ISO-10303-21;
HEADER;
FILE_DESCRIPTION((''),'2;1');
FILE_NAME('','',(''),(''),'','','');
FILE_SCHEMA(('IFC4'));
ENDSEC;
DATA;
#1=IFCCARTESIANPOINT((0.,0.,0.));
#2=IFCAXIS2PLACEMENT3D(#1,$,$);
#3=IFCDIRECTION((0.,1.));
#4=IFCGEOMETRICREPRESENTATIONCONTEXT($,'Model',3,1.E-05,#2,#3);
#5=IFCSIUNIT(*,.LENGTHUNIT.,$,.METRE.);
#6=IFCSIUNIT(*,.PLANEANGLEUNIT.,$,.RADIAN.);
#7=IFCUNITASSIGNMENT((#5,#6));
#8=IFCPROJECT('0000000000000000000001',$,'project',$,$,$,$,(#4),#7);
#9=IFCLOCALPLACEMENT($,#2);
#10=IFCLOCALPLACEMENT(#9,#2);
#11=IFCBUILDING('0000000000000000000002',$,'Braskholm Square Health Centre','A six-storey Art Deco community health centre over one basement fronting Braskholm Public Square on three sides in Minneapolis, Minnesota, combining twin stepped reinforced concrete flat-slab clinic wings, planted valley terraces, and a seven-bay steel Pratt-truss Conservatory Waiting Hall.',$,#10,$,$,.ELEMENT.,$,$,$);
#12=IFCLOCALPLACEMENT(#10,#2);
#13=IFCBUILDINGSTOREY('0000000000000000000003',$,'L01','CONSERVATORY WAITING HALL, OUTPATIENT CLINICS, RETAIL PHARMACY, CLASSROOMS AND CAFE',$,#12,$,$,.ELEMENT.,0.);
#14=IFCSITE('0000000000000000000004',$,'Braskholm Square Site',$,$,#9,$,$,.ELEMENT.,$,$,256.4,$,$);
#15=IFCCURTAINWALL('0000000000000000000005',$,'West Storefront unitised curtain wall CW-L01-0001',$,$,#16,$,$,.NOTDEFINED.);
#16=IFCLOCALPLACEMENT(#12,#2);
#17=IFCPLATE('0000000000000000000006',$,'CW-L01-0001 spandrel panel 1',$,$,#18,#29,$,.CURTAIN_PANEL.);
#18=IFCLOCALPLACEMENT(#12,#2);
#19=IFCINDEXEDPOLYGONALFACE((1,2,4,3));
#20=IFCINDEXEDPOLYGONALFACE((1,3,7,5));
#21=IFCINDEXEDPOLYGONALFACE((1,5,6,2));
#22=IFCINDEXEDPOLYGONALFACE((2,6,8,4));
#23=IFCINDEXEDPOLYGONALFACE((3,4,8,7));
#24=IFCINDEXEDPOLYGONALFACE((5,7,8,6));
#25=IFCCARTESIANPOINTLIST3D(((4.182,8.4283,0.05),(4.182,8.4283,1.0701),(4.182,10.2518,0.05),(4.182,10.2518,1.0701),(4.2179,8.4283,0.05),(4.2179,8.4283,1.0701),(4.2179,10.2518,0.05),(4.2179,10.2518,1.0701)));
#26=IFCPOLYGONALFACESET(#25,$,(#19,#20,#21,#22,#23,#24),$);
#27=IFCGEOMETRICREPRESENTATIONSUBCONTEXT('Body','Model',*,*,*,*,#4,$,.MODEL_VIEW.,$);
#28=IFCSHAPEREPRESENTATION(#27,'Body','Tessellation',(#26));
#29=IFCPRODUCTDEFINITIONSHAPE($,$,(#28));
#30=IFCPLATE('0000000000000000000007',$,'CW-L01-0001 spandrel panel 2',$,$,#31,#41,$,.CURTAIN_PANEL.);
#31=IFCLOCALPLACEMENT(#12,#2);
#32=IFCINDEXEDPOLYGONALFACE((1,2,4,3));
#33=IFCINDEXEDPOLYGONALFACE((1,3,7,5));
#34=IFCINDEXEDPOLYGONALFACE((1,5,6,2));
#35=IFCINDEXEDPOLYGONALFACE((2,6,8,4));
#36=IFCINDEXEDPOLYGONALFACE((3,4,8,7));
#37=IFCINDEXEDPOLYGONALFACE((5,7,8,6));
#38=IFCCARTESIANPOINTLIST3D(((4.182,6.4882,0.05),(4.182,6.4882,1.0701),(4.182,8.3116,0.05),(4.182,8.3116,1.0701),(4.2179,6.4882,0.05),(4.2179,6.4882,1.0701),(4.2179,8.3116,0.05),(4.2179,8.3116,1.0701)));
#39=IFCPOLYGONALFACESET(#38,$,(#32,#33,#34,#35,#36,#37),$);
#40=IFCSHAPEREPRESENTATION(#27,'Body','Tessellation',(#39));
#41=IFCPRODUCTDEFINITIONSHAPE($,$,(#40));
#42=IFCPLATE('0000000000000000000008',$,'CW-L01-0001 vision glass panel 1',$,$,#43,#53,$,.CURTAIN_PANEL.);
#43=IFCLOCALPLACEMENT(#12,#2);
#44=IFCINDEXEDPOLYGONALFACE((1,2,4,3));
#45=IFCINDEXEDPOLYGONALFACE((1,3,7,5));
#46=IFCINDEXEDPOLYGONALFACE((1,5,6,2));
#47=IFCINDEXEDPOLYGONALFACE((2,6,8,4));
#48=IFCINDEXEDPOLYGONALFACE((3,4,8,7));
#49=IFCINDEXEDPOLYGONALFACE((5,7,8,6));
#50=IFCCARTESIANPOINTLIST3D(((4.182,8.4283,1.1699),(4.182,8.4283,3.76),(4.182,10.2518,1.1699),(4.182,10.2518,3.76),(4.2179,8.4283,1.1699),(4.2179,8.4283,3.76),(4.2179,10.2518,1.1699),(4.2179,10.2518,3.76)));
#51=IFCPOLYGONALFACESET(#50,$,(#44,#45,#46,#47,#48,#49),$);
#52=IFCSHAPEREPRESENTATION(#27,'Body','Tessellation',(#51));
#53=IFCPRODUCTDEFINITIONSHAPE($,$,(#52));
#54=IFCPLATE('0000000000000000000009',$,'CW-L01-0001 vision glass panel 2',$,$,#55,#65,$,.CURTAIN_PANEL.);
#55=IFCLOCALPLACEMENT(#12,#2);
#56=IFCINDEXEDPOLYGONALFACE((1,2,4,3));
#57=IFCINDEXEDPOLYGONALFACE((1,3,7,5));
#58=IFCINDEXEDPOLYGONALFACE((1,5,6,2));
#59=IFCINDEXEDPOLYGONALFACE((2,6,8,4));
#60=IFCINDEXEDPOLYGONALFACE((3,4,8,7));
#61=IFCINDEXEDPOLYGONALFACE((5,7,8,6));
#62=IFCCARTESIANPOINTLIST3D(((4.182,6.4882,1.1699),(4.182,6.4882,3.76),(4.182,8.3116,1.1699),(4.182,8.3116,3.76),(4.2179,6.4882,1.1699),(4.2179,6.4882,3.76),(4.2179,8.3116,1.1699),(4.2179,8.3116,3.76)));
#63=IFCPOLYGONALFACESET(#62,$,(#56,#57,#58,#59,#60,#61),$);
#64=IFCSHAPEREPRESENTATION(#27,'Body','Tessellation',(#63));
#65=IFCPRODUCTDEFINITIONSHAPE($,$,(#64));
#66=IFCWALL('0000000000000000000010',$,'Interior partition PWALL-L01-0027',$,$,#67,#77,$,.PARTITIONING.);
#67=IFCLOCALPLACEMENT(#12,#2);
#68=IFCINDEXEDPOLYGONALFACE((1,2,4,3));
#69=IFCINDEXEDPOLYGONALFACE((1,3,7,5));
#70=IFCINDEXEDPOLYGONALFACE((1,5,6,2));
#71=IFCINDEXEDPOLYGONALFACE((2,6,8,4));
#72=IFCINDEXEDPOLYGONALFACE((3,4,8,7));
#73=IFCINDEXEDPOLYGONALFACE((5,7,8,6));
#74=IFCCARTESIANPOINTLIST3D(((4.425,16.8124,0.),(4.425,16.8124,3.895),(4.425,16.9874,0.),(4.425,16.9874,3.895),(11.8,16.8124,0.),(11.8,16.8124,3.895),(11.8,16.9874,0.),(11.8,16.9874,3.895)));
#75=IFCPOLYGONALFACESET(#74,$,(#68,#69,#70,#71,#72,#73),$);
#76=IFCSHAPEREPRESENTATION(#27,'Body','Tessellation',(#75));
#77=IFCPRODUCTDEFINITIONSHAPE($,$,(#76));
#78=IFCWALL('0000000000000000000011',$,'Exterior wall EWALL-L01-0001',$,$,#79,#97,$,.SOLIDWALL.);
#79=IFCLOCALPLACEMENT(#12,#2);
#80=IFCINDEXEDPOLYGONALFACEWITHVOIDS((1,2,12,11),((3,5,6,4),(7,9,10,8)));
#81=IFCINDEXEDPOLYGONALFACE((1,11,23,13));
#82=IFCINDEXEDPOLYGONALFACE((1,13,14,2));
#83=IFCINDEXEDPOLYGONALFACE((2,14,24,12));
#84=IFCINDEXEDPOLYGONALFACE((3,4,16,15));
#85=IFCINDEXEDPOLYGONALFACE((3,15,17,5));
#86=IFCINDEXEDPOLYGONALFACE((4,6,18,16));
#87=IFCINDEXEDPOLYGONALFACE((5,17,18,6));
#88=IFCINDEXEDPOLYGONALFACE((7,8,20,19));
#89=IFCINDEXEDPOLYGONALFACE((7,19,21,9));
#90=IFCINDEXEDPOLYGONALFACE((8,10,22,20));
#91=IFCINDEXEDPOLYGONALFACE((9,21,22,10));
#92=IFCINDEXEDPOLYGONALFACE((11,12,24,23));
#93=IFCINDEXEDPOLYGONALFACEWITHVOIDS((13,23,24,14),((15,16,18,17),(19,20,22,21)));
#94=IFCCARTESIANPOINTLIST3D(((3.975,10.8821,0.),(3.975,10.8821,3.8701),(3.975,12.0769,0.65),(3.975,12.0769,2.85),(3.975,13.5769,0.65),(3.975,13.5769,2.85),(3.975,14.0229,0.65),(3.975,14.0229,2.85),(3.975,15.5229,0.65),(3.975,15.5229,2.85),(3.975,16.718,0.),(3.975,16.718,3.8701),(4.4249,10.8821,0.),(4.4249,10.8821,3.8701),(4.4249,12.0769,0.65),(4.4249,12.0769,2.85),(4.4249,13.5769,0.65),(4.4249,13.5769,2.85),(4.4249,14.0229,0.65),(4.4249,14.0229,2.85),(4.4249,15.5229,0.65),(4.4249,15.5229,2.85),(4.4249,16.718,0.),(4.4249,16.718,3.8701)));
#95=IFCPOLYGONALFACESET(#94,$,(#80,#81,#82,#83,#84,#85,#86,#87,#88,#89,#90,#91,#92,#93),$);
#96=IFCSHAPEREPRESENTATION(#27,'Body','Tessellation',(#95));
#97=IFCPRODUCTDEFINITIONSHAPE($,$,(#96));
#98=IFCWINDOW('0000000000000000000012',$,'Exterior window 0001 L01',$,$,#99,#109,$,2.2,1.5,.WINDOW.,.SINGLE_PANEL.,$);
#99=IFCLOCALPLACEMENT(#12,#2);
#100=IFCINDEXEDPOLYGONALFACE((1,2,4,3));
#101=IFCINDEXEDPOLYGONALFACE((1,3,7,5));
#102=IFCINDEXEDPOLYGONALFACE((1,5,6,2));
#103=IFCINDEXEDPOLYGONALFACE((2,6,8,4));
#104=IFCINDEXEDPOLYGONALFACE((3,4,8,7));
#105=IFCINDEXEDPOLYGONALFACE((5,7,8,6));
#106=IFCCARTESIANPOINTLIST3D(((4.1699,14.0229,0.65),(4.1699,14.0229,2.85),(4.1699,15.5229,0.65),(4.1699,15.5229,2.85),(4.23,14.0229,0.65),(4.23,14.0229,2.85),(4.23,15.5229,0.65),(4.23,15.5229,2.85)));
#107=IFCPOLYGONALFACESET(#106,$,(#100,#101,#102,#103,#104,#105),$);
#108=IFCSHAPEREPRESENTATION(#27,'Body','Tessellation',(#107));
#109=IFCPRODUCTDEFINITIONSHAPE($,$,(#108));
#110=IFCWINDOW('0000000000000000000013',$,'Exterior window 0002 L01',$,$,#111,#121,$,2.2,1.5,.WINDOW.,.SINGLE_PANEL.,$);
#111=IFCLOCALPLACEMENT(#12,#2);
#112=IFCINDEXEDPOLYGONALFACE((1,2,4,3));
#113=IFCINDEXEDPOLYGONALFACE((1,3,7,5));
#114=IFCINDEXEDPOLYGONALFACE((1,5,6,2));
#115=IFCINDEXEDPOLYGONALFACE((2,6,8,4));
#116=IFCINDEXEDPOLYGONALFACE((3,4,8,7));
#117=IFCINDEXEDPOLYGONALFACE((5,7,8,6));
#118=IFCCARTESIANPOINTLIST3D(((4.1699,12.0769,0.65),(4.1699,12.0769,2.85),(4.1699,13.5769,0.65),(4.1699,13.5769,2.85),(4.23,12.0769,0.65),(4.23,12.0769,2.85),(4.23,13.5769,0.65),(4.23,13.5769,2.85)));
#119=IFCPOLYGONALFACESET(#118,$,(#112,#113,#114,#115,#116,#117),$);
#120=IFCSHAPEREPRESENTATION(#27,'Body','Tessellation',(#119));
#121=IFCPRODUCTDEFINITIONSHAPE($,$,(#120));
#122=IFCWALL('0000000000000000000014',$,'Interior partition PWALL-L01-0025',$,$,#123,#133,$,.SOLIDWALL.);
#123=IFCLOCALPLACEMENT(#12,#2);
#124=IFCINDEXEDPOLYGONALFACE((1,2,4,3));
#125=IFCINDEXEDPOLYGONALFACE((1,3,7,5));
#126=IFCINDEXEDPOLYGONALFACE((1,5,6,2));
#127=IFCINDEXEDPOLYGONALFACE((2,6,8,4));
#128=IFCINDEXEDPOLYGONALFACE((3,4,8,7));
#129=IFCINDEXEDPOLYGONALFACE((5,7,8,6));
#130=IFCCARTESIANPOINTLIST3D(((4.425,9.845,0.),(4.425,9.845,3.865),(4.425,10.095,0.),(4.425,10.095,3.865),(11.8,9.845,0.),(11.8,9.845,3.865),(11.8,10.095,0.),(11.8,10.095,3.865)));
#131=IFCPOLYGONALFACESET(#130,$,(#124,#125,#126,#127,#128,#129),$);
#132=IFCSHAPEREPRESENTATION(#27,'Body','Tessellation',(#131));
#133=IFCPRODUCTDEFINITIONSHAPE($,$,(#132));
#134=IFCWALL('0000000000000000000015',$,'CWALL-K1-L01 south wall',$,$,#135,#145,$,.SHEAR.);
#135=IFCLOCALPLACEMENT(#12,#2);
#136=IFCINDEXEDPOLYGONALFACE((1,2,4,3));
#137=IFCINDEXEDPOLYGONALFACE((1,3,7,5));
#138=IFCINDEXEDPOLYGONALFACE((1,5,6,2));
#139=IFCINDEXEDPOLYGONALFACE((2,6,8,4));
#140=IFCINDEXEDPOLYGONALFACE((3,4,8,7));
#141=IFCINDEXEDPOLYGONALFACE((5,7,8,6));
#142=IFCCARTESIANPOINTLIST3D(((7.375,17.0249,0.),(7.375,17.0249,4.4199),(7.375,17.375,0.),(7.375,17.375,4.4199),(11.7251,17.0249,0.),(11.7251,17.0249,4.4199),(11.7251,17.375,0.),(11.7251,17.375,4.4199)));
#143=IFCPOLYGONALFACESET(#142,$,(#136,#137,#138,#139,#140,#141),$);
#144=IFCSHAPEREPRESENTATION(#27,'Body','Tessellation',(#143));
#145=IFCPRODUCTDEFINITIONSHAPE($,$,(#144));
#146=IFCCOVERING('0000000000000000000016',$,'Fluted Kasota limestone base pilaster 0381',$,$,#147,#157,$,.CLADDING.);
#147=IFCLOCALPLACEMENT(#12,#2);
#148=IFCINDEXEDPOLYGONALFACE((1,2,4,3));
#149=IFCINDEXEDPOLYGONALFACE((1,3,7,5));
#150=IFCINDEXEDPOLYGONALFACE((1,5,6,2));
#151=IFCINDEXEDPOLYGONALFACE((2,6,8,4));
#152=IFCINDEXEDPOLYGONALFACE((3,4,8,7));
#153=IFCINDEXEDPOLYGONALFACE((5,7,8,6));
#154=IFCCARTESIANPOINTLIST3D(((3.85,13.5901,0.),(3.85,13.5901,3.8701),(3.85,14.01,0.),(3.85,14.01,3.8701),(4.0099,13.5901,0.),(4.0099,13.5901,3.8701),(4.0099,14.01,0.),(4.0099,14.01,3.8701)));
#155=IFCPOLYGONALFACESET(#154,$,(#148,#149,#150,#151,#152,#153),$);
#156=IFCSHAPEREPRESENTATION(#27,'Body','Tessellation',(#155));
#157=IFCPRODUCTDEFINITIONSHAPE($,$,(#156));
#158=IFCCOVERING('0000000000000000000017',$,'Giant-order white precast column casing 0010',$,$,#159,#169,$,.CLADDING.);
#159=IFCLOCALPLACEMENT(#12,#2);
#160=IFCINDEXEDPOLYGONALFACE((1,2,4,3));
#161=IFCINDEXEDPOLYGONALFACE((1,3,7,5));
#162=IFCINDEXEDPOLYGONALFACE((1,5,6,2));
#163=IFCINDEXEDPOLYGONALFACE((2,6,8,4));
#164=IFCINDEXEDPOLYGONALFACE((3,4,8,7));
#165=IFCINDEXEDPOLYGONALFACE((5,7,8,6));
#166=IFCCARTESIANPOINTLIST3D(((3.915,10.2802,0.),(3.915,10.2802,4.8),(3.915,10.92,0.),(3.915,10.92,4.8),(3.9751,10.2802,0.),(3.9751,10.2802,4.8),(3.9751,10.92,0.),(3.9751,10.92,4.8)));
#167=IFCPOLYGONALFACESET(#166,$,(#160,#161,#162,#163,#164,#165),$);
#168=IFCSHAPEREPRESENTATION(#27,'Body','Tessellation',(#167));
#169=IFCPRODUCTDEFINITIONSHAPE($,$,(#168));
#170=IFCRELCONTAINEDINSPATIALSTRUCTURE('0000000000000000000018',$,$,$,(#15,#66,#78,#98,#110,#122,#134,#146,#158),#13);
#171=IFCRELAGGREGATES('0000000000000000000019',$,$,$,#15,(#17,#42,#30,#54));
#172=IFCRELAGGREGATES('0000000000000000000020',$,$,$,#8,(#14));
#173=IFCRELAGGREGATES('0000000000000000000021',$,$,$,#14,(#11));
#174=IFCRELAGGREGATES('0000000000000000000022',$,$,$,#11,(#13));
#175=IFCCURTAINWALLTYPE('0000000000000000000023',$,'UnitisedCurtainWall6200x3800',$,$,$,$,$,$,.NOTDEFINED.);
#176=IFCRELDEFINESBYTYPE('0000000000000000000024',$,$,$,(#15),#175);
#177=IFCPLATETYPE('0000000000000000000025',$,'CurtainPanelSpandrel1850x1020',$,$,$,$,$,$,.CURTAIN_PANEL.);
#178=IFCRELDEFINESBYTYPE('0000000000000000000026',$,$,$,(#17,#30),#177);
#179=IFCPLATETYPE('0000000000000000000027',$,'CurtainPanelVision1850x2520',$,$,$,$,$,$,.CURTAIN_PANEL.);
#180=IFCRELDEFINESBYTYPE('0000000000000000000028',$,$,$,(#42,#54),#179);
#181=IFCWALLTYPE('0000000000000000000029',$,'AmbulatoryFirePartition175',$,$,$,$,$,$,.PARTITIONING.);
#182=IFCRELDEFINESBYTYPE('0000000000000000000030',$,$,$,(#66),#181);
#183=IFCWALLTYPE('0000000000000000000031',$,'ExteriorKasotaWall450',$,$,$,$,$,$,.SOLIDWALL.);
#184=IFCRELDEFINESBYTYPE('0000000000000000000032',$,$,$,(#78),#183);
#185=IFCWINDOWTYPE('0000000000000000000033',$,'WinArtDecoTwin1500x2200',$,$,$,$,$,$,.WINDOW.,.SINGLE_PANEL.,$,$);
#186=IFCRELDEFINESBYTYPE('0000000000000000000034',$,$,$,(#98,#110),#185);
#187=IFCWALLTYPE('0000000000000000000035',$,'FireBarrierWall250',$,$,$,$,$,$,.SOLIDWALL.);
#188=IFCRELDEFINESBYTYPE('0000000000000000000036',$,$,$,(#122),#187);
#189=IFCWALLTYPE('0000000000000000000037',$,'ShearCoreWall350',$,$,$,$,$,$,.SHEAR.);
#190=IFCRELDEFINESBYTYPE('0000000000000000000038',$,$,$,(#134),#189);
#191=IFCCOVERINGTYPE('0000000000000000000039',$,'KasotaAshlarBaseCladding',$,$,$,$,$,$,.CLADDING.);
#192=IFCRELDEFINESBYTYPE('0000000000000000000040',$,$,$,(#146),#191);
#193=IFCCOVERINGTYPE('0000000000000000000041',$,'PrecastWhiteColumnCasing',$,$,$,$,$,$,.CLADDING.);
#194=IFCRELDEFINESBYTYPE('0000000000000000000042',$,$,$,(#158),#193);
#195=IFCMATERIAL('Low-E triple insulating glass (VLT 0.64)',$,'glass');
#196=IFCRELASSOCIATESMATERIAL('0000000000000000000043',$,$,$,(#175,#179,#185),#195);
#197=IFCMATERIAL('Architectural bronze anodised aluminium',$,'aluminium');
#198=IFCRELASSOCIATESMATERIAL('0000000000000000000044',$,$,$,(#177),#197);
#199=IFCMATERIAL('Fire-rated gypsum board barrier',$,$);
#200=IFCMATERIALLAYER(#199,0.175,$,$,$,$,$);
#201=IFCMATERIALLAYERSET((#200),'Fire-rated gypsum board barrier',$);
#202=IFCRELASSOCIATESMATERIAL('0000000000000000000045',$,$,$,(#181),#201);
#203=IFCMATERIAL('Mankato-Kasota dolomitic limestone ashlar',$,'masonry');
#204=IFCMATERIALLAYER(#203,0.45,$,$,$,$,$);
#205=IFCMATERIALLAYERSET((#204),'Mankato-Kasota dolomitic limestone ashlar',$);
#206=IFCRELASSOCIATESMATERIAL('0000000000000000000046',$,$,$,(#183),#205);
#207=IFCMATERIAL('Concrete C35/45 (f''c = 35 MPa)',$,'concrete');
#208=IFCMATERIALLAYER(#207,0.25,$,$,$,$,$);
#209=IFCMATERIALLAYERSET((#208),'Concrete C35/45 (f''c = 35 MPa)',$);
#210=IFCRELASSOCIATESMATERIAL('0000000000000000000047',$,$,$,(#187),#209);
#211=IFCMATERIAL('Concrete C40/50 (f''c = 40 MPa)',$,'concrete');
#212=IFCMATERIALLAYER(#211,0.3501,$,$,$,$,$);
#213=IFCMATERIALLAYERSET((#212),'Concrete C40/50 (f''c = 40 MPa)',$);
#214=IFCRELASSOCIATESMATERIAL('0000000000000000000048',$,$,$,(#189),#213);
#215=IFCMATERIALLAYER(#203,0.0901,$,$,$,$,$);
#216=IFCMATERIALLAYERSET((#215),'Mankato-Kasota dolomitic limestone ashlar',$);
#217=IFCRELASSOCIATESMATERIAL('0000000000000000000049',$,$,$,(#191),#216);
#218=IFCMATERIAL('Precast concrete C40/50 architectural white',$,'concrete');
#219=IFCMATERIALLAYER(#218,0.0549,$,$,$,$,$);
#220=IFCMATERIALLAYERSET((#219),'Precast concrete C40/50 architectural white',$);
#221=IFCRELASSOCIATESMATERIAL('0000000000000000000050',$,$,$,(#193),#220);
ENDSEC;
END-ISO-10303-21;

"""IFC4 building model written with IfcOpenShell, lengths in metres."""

from ifc_helpers import new_model, si_unit, direction, frame, frame_2d, origin, origin_with_axes, origin_2d, place, context, subcontext, project, spatial, rectangle, extrude, material, layer, layer_set, type_object, element, fill, aggregate, save


model = new_model("IFC4")

# Units and contexts
model_context = context("Model", 3, precision=1e-05, world=origin(), true_north=direction((0.0, 1.0)))
body_context = subcontext(model_context, "Body", "Model", "MODEL_VIEW")
ifc_project = project(units=[si_unit("LENGTHUNIT", "METRE"), si_unit("PLANEANGLEUNIT", "RADIAN")], contexts=[model_context])

# Site, building, storey
site_placement = place(None, origin())
site = spatial("IfcSite", under=ifc_project, at=site_placement, Name="Braskholm Square Site", CompositionType="ELEMENT", RefElevation=256.4)
building_placement = place(site_placement, origin())
building = spatial("IfcBuilding", under=site, at=building_placement, Name="Braskholm Square Health Centre", Description="A six-storey Art Deco community health centre over one basement fronting Braskholm Public Square on three sides in Minneapolis, Minnesota, combining twin stepped reinforced concrete flat-slab clinic wings, planted valley terraces, and a seven-bay steel Pratt-truss Conservatory Waiting Hall.", CompositionType="ELEMENT")
storey_placement = place(building_placement, origin())
storey = spatial("IfcBuildingStorey", under=building, at=storey_placement, Name="L01", Description="CONSERVATORY WAITING HALL, OUTPATIENT CLINICS, RETAIL PHARMACY, CLASSROOMS AND CAFE", CompositionType="ELEMENT", Elevation=0.0)

# Shared definitions
ifc_material_1 = material(Name="Concrete C40/50 (f'c = 40 MPa)", Category="concrete")
ifc_material_2 = material(Name="Precast concrete C40/50 architectural white", Category="concrete")

# Curtain wall
ifc_material_3 = material(Name="Low-E triple insulating glass (VLT 0.64)", Category="glass")
curtain_wall_type = type_object("IfcCurtainWallType", Name="UnitisedCurtainWall6200x3800", PredefinedType="NOTDEFINED", material=ifc_material_3)
curtain_wall_placement = place(storey_placement, origin())
curtain_wall = element("IfcCurtainWall", 1, at=curtain_wall_placement, inside=storey, type_object=curtain_wall_type, Name="West Storefront unitised curtain wall CW-L01-0001", PredefinedType="NOTDEFINED")
ifc_material_4 = material(Name="Architectural bronze anodised aluminium", Category="aluminium")

# Plates
plate_type_1 = type_object("IfcPlateType", Name="CurtainPanelSpandrel1850x1020", PredefinedType="CURTAIN_PANEL", material=ifc_material_4)
plate_1_placement = place(storey_placement, frame((4.2, 9.3401, 0.05), z_axis=(0.0, 0.0, 1.0), x_axis=(0.0, -1.0, 0.0)))
plate_1 = element("IfcPlate", 2, at=plate_1_placement, type_object=plate_type_1, Name="CW-L01-0001 spandrel panel 1", PredefinedType="CURTAIN_PANEL", context=body_context, shape_type="SweptSolid", body=[
    extrude(rectangle(XDim=1.8235, YDim=0.0359, at=origin_2d()), origin(), (0.0, 0.0, 1.0), 1.02),
])
plate_2_placement = place(storey_placement, frame((4.2, 7.3999, 0.05), z_axis=(0.0, 0.0, 1.0), x_axis=(0.0, -1.0, 0.0)))
plate_2 = element("IfcPlate", 3, at=plate_2_placement, type_object=plate_type_1, Name="CW-L01-0001 spandrel panel 2", PredefinedType="CURTAIN_PANEL", context=body_context, shape_type="SweptSolid", body=[
    extrude(rectangle(XDim=1.8235, YDim=0.0359, at=origin_2d()), origin(), (0.0, 0.0, 1.0), 1.02),
])
plate_type_2 = type_object("IfcPlateType", Name="CurtainPanelVision1850x2520", PredefinedType="CURTAIN_PANEL", material=ifc_material_3)
plate_3_placement = place(storey_placement, frame((4.2, 9.3401, 1.1699), z_axis=(0.0, 0.0, 1.0), x_axis=(0.0, -1.0, 0.0)))
plate_3 = element("IfcPlate", 4, at=plate_3_placement, type_object=plate_type_2, Name="CW-L01-0001 vision glass panel 1", PredefinedType="CURTAIN_PANEL", context=body_context, shape_type="SweptSolid", body=[
    extrude(rectangle(XDim=1.8235, YDim=0.0359, at=origin_2d()), origin(), (0.0, 0.0, 1.0), 2.5901),
])
plate_4_placement = place(storey_placement, frame((4.2, 7.3999, 1.1699), z_axis=(0.0, 0.0, 1.0), x_axis=(0.0, -1.0, 0.0)))
plate_4 = element("IfcPlate", 5, at=plate_4_placement, type_object=plate_type_2, Name="CW-L01-0001 vision glass panel 2", PredefinedType="CURTAIN_PANEL", context=body_context, shape_type="SweptSolid", body=[
    extrude(rectangle(XDim=1.8235, YDim=0.0359, at=origin_2d()), origin(), (0.0, 0.0, 1.0), 2.5901),
])
aggregate(curtain_wall, [plate_1, plate_3, plate_2, plate_4])

# Wall
ifc_material_5 = material(Name="Fire-rated gypsum board barrier")
ifc_layer_1 = layer(ifc_material_5, 0.175)
ifc_layer_set_1 = layer_set([ifc_layer_1], Name="Fire-rated gypsum board barrier")
wall_type_1 = type_object("IfcWallType", Name="AmbulatoryFirePartition175", PredefinedType="PARTITIONING", material=ifc_layer_set_1)
wall_1_placement = place(storey_placement, frame((4.425, 16.8999, 0.0), z_axis=(0.0, 0.0, 1.0), x_axis=(1.0, 0.0, 0.0)))
element("IfcWall", 6, at=wall_1_placement, inside=storey, type_object=wall_type_1, Name="Interior partition PWALL-L01-0027", PredefinedType="PARTITIONING", context=body_context, shape_type="SweptSolid", body=[
    extrude(rectangle(XDim=7.375, YDim=0.175, at=frame_2d((3.6875, 0.0))), origin(), (0.0, 0.0, 1.0), 3.895),
])

# Wall, openings, windows
ifc_material_6 = material(Name="Mankato-Kasota dolomitic limestone ashlar", Category="masonry")
ifc_layer_2 = layer(ifc_material_6, 0.45)
ifc_layer_set_2 = layer_set([ifc_layer_2], Name="Mankato-Kasota dolomitic limestone ashlar")
wall_type_2 = type_object("IfcWallType", Name="ExteriorKasotaWall450", PredefinedType="SOLIDWALL", material=ifc_layer_set_2)
wall_2_placement = place(storey_placement, frame((4.2, 16.718, 0.0), z_axis=(0.0, 0.0, 1.0), x_axis=(0.0, -1.0, 0.0)))
wall_2 = element("IfcWall", 7, at=wall_2_placement, inside=storey, type_object=wall_type_2, Name="Exterior wall EWALL-L01-0001", PredefinedType="SOLIDWALL", context=body_context, shape_type="SweptSolid", body=[
    extrude(rectangle(XDim=5.8359, YDim=0.45, at=frame_2d((2.918, 0.0))), origin(), (0.0, 0.0, 1.0), 3.8701),
])
opening_1_placement = place(wall_2_placement, frame((1.1951, 0.0, 0.6499)))
opening_1 = element("IfcOpeningElement", 8, at=opening_1_placement, cuts=wall_2, PredefinedType="OPENING", context=body_context, shape_type="SweptSolid", body=[
    extrude(rectangle(XDim=1.5, YDim=2.2, at=frame_2d((0.75, 1.1001))), frame((0.0, 0.2349, 0.0), z_axis=(0.0, -1.0, 0.0), x_axis=(1.0, 0.0, 0.0)), (0.0, 0.0, 1.0), 0.47),
])
opening_2_placement = place(wall_2_placement, frame((3.1411, 0.0, 0.6499)))
opening_2 = element("IfcOpeningElement", 9, at=opening_2_placement, cuts=wall_2, PredefinedType="OPENING", context=body_context, shape_type="SweptSolid", body=[
    extrude(rectangle(XDim=1.5, YDim=2.2, at=frame_2d((0.75, 1.1001))), frame((0.0, 0.2349, 0.0), z_axis=(0.0, -1.0, 0.0), x_axis=(1.0, 0.0, 0.0)), (0.0, 0.0, 1.0), 0.47),
])
window_type = type_object("IfcWindowType", Name="WinArtDecoTwin1500x2200", PartitioningType="SINGLE_PANEL", PredefinedType="WINDOW", material=ifc_material_3)
window_1_placement = place(opening_1_placement, origin_with_axes())
window_1 = element("IfcWindow", 10, at=window_1_placement, inside=storey, type_object=window_type, Name="Exterior window 0001 L01", OverallHeight=2.2, OverallWidth=1.5, PartitioningType="SINGLE_PANEL", PredefinedType="WINDOW", context=body_context, shape_type="SweptSolid", body=[
    extrude(rectangle(XDim=1.5, YDim=2.2, at=frame_2d((0.75, 1.1001))), frame((0.0, 0.03, 0.0), z_axis=(0.0, -1.0, 0.0), x_axis=(1.0, 0.0, 0.0)), (0.0, 0.0, 1.0), 0.0601),
])
fill(opening_1, window_1)
window_2_placement = place(opening_2_placement, origin_with_axes())
window_2 = element("IfcWindow", 11, at=window_2_placement, inside=storey, type_object=window_type, Name="Exterior window 0002 L01", OverallHeight=2.2, OverallWidth=1.5, PartitioningType="SINGLE_PANEL", PredefinedType="WINDOW", context=body_context, shape_type="SweptSolid", body=[
    extrude(rectangle(XDim=1.5, YDim=2.2, at=frame_2d((0.75, 1.1001))), frame((0.0, 0.03, 0.0), z_axis=(0.0, -1.0, 0.0), x_axis=(1.0, 0.0, 0.0)), (0.0, 0.0, 1.0), 0.0601),
])
fill(opening_2, window_2)

# Walls
ifc_material_7 = material(Name="Concrete C35/45 (f'c = 35 MPa)", Category="concrete")
ifc_layer_3 = layer(ifc_material_7, 0.25)
ifc_layer_set_3 = layer_set([ifc_layer_3], Name="Concrete C35/45 (f'c = 35 MPa)")
wall_type_3 = type_object("IfcWallType", Name="FireBarrierWall250", PredefinedType="SOLIDWALL", material=ifc_layer_set_3)
wall_3_placement = place(storey_placement, frame((4.425, 9.97, 0.0), z_axis=(0.0, 0.0, 1.0), x_axis=(1.0, 0.0, 0.0)))
element("IfcWall", 12, at=wall_3_placement, inside=storey, type_object=wall_type_3, Name="Interior partition PWALL-L01-0025", PredefinedType="SOLIDWALL", context=body_context, shape_type="SweptSolid", body=[
    extrude(rectangle(XDim=7.375, YDim=0.25, at=frame_2d((3.6875, 0.0))), origin(), (0.0, 0.0, 1.0), 3.865),
])
ifc_layer_4 = layer(ifc_material_1, 0.3501)
ifc_layer_set_4 = layer_set([ifc_layer_4], Name="Concrete C40/50 (f'c = 40 MPa)")
wall_type_4 = type_object("IfcWallType", Name="ShearCoreWall350", PredefinedType="SHEAR", material=ifc_layer_set_4)
wall_4_placement = place(storey_placement, frame((7.375, 17.2, 0.0), z_axis=(0.0, 0.0, 1.0), x_axis=(1.0, 0.0, 0.0)))
element("IfcWall", 13, at=wall_4_placement, inside=storey, type_object=wall_type_4, Name="CWALL-K1-L01 south wall", PredefinedType="SHEAR", context=body_context, shape_type="SweptSolid", body=[
    extrude(rectangle(XDim=4.3501, YDim=0.3501, at=frame_2d((2.175, 0.0))), origin(), (0.0, 0.0, 1.0), 4.4199),
])

# Coverings
ifc_layer_5 = layer(ifc_material_6, 0.0901)
ifc_layer_set_5 = layer_set([ifc_layer_5], Name="Mankato-Kasota dolomitic limestone ashlar")
covering_type_1 = type_object("IfcCoveringType", Name="KasotaAshlarBaseCladding", PredefinedType="CLADDING", material=ifc_layer_set_5)
covering_placement = place(storey_placement, frame((3.9299, 13.8, 0.0), z_axis=(0.0, 0.0, 1.0), x_axis=(1.0, 0.0, 0.0)))
element("IfcCovering", 14, at=covering_placement, inside=storey, type_object=covering_type_1, Name="Fluted Kasota limestone base pilaster 0381", PredefinedType="CLADDING", context=body_context, shape_type="SweptSolid", body=[
    extrude(rectangle(XDim=0.1599, YDim=0.4199, at=origin_2d()), origin(), (0.0, 0.0, 1.0), 3.8701),
])
ifc_layer_6 = layer(ifc_material_2, 0.0549)
ifc_layer_set_6 = layer_set([ifc_layer_6], Name="Precast concrete C40/50 architectural white")
covering_type_2 = type_object("IfcCoveringType", Name="PrecastWhiteColumnCasing", PredefinedType="CLADDING", material=ifc_layer_set_6)
for number, where, z_axis, x_axis, name in (
    (15, (3.9451, 10.6001, 0.0), (0.0, 0.0, 1.0), (1.0, 0.0, 0.0), "Giant-order white precast column casing 0010"),
):
    element("IfcCovering", number, at=place(storey_placement, frame(where, z_axis=z_axis, x_axis=x_axis)), inside=storey, type_object=covering_type_2, Name=name, PredefinedType="CLADDING", context=body_context, shape_type="SweptSolid", body=[
        extrude(rectangle(XDim=0.0601, YDim=0.6399, at=origin_2d()), origin(), (0.0, 0.0, 1.0), 4.8),
    ])

save(model, "model.ifc")
